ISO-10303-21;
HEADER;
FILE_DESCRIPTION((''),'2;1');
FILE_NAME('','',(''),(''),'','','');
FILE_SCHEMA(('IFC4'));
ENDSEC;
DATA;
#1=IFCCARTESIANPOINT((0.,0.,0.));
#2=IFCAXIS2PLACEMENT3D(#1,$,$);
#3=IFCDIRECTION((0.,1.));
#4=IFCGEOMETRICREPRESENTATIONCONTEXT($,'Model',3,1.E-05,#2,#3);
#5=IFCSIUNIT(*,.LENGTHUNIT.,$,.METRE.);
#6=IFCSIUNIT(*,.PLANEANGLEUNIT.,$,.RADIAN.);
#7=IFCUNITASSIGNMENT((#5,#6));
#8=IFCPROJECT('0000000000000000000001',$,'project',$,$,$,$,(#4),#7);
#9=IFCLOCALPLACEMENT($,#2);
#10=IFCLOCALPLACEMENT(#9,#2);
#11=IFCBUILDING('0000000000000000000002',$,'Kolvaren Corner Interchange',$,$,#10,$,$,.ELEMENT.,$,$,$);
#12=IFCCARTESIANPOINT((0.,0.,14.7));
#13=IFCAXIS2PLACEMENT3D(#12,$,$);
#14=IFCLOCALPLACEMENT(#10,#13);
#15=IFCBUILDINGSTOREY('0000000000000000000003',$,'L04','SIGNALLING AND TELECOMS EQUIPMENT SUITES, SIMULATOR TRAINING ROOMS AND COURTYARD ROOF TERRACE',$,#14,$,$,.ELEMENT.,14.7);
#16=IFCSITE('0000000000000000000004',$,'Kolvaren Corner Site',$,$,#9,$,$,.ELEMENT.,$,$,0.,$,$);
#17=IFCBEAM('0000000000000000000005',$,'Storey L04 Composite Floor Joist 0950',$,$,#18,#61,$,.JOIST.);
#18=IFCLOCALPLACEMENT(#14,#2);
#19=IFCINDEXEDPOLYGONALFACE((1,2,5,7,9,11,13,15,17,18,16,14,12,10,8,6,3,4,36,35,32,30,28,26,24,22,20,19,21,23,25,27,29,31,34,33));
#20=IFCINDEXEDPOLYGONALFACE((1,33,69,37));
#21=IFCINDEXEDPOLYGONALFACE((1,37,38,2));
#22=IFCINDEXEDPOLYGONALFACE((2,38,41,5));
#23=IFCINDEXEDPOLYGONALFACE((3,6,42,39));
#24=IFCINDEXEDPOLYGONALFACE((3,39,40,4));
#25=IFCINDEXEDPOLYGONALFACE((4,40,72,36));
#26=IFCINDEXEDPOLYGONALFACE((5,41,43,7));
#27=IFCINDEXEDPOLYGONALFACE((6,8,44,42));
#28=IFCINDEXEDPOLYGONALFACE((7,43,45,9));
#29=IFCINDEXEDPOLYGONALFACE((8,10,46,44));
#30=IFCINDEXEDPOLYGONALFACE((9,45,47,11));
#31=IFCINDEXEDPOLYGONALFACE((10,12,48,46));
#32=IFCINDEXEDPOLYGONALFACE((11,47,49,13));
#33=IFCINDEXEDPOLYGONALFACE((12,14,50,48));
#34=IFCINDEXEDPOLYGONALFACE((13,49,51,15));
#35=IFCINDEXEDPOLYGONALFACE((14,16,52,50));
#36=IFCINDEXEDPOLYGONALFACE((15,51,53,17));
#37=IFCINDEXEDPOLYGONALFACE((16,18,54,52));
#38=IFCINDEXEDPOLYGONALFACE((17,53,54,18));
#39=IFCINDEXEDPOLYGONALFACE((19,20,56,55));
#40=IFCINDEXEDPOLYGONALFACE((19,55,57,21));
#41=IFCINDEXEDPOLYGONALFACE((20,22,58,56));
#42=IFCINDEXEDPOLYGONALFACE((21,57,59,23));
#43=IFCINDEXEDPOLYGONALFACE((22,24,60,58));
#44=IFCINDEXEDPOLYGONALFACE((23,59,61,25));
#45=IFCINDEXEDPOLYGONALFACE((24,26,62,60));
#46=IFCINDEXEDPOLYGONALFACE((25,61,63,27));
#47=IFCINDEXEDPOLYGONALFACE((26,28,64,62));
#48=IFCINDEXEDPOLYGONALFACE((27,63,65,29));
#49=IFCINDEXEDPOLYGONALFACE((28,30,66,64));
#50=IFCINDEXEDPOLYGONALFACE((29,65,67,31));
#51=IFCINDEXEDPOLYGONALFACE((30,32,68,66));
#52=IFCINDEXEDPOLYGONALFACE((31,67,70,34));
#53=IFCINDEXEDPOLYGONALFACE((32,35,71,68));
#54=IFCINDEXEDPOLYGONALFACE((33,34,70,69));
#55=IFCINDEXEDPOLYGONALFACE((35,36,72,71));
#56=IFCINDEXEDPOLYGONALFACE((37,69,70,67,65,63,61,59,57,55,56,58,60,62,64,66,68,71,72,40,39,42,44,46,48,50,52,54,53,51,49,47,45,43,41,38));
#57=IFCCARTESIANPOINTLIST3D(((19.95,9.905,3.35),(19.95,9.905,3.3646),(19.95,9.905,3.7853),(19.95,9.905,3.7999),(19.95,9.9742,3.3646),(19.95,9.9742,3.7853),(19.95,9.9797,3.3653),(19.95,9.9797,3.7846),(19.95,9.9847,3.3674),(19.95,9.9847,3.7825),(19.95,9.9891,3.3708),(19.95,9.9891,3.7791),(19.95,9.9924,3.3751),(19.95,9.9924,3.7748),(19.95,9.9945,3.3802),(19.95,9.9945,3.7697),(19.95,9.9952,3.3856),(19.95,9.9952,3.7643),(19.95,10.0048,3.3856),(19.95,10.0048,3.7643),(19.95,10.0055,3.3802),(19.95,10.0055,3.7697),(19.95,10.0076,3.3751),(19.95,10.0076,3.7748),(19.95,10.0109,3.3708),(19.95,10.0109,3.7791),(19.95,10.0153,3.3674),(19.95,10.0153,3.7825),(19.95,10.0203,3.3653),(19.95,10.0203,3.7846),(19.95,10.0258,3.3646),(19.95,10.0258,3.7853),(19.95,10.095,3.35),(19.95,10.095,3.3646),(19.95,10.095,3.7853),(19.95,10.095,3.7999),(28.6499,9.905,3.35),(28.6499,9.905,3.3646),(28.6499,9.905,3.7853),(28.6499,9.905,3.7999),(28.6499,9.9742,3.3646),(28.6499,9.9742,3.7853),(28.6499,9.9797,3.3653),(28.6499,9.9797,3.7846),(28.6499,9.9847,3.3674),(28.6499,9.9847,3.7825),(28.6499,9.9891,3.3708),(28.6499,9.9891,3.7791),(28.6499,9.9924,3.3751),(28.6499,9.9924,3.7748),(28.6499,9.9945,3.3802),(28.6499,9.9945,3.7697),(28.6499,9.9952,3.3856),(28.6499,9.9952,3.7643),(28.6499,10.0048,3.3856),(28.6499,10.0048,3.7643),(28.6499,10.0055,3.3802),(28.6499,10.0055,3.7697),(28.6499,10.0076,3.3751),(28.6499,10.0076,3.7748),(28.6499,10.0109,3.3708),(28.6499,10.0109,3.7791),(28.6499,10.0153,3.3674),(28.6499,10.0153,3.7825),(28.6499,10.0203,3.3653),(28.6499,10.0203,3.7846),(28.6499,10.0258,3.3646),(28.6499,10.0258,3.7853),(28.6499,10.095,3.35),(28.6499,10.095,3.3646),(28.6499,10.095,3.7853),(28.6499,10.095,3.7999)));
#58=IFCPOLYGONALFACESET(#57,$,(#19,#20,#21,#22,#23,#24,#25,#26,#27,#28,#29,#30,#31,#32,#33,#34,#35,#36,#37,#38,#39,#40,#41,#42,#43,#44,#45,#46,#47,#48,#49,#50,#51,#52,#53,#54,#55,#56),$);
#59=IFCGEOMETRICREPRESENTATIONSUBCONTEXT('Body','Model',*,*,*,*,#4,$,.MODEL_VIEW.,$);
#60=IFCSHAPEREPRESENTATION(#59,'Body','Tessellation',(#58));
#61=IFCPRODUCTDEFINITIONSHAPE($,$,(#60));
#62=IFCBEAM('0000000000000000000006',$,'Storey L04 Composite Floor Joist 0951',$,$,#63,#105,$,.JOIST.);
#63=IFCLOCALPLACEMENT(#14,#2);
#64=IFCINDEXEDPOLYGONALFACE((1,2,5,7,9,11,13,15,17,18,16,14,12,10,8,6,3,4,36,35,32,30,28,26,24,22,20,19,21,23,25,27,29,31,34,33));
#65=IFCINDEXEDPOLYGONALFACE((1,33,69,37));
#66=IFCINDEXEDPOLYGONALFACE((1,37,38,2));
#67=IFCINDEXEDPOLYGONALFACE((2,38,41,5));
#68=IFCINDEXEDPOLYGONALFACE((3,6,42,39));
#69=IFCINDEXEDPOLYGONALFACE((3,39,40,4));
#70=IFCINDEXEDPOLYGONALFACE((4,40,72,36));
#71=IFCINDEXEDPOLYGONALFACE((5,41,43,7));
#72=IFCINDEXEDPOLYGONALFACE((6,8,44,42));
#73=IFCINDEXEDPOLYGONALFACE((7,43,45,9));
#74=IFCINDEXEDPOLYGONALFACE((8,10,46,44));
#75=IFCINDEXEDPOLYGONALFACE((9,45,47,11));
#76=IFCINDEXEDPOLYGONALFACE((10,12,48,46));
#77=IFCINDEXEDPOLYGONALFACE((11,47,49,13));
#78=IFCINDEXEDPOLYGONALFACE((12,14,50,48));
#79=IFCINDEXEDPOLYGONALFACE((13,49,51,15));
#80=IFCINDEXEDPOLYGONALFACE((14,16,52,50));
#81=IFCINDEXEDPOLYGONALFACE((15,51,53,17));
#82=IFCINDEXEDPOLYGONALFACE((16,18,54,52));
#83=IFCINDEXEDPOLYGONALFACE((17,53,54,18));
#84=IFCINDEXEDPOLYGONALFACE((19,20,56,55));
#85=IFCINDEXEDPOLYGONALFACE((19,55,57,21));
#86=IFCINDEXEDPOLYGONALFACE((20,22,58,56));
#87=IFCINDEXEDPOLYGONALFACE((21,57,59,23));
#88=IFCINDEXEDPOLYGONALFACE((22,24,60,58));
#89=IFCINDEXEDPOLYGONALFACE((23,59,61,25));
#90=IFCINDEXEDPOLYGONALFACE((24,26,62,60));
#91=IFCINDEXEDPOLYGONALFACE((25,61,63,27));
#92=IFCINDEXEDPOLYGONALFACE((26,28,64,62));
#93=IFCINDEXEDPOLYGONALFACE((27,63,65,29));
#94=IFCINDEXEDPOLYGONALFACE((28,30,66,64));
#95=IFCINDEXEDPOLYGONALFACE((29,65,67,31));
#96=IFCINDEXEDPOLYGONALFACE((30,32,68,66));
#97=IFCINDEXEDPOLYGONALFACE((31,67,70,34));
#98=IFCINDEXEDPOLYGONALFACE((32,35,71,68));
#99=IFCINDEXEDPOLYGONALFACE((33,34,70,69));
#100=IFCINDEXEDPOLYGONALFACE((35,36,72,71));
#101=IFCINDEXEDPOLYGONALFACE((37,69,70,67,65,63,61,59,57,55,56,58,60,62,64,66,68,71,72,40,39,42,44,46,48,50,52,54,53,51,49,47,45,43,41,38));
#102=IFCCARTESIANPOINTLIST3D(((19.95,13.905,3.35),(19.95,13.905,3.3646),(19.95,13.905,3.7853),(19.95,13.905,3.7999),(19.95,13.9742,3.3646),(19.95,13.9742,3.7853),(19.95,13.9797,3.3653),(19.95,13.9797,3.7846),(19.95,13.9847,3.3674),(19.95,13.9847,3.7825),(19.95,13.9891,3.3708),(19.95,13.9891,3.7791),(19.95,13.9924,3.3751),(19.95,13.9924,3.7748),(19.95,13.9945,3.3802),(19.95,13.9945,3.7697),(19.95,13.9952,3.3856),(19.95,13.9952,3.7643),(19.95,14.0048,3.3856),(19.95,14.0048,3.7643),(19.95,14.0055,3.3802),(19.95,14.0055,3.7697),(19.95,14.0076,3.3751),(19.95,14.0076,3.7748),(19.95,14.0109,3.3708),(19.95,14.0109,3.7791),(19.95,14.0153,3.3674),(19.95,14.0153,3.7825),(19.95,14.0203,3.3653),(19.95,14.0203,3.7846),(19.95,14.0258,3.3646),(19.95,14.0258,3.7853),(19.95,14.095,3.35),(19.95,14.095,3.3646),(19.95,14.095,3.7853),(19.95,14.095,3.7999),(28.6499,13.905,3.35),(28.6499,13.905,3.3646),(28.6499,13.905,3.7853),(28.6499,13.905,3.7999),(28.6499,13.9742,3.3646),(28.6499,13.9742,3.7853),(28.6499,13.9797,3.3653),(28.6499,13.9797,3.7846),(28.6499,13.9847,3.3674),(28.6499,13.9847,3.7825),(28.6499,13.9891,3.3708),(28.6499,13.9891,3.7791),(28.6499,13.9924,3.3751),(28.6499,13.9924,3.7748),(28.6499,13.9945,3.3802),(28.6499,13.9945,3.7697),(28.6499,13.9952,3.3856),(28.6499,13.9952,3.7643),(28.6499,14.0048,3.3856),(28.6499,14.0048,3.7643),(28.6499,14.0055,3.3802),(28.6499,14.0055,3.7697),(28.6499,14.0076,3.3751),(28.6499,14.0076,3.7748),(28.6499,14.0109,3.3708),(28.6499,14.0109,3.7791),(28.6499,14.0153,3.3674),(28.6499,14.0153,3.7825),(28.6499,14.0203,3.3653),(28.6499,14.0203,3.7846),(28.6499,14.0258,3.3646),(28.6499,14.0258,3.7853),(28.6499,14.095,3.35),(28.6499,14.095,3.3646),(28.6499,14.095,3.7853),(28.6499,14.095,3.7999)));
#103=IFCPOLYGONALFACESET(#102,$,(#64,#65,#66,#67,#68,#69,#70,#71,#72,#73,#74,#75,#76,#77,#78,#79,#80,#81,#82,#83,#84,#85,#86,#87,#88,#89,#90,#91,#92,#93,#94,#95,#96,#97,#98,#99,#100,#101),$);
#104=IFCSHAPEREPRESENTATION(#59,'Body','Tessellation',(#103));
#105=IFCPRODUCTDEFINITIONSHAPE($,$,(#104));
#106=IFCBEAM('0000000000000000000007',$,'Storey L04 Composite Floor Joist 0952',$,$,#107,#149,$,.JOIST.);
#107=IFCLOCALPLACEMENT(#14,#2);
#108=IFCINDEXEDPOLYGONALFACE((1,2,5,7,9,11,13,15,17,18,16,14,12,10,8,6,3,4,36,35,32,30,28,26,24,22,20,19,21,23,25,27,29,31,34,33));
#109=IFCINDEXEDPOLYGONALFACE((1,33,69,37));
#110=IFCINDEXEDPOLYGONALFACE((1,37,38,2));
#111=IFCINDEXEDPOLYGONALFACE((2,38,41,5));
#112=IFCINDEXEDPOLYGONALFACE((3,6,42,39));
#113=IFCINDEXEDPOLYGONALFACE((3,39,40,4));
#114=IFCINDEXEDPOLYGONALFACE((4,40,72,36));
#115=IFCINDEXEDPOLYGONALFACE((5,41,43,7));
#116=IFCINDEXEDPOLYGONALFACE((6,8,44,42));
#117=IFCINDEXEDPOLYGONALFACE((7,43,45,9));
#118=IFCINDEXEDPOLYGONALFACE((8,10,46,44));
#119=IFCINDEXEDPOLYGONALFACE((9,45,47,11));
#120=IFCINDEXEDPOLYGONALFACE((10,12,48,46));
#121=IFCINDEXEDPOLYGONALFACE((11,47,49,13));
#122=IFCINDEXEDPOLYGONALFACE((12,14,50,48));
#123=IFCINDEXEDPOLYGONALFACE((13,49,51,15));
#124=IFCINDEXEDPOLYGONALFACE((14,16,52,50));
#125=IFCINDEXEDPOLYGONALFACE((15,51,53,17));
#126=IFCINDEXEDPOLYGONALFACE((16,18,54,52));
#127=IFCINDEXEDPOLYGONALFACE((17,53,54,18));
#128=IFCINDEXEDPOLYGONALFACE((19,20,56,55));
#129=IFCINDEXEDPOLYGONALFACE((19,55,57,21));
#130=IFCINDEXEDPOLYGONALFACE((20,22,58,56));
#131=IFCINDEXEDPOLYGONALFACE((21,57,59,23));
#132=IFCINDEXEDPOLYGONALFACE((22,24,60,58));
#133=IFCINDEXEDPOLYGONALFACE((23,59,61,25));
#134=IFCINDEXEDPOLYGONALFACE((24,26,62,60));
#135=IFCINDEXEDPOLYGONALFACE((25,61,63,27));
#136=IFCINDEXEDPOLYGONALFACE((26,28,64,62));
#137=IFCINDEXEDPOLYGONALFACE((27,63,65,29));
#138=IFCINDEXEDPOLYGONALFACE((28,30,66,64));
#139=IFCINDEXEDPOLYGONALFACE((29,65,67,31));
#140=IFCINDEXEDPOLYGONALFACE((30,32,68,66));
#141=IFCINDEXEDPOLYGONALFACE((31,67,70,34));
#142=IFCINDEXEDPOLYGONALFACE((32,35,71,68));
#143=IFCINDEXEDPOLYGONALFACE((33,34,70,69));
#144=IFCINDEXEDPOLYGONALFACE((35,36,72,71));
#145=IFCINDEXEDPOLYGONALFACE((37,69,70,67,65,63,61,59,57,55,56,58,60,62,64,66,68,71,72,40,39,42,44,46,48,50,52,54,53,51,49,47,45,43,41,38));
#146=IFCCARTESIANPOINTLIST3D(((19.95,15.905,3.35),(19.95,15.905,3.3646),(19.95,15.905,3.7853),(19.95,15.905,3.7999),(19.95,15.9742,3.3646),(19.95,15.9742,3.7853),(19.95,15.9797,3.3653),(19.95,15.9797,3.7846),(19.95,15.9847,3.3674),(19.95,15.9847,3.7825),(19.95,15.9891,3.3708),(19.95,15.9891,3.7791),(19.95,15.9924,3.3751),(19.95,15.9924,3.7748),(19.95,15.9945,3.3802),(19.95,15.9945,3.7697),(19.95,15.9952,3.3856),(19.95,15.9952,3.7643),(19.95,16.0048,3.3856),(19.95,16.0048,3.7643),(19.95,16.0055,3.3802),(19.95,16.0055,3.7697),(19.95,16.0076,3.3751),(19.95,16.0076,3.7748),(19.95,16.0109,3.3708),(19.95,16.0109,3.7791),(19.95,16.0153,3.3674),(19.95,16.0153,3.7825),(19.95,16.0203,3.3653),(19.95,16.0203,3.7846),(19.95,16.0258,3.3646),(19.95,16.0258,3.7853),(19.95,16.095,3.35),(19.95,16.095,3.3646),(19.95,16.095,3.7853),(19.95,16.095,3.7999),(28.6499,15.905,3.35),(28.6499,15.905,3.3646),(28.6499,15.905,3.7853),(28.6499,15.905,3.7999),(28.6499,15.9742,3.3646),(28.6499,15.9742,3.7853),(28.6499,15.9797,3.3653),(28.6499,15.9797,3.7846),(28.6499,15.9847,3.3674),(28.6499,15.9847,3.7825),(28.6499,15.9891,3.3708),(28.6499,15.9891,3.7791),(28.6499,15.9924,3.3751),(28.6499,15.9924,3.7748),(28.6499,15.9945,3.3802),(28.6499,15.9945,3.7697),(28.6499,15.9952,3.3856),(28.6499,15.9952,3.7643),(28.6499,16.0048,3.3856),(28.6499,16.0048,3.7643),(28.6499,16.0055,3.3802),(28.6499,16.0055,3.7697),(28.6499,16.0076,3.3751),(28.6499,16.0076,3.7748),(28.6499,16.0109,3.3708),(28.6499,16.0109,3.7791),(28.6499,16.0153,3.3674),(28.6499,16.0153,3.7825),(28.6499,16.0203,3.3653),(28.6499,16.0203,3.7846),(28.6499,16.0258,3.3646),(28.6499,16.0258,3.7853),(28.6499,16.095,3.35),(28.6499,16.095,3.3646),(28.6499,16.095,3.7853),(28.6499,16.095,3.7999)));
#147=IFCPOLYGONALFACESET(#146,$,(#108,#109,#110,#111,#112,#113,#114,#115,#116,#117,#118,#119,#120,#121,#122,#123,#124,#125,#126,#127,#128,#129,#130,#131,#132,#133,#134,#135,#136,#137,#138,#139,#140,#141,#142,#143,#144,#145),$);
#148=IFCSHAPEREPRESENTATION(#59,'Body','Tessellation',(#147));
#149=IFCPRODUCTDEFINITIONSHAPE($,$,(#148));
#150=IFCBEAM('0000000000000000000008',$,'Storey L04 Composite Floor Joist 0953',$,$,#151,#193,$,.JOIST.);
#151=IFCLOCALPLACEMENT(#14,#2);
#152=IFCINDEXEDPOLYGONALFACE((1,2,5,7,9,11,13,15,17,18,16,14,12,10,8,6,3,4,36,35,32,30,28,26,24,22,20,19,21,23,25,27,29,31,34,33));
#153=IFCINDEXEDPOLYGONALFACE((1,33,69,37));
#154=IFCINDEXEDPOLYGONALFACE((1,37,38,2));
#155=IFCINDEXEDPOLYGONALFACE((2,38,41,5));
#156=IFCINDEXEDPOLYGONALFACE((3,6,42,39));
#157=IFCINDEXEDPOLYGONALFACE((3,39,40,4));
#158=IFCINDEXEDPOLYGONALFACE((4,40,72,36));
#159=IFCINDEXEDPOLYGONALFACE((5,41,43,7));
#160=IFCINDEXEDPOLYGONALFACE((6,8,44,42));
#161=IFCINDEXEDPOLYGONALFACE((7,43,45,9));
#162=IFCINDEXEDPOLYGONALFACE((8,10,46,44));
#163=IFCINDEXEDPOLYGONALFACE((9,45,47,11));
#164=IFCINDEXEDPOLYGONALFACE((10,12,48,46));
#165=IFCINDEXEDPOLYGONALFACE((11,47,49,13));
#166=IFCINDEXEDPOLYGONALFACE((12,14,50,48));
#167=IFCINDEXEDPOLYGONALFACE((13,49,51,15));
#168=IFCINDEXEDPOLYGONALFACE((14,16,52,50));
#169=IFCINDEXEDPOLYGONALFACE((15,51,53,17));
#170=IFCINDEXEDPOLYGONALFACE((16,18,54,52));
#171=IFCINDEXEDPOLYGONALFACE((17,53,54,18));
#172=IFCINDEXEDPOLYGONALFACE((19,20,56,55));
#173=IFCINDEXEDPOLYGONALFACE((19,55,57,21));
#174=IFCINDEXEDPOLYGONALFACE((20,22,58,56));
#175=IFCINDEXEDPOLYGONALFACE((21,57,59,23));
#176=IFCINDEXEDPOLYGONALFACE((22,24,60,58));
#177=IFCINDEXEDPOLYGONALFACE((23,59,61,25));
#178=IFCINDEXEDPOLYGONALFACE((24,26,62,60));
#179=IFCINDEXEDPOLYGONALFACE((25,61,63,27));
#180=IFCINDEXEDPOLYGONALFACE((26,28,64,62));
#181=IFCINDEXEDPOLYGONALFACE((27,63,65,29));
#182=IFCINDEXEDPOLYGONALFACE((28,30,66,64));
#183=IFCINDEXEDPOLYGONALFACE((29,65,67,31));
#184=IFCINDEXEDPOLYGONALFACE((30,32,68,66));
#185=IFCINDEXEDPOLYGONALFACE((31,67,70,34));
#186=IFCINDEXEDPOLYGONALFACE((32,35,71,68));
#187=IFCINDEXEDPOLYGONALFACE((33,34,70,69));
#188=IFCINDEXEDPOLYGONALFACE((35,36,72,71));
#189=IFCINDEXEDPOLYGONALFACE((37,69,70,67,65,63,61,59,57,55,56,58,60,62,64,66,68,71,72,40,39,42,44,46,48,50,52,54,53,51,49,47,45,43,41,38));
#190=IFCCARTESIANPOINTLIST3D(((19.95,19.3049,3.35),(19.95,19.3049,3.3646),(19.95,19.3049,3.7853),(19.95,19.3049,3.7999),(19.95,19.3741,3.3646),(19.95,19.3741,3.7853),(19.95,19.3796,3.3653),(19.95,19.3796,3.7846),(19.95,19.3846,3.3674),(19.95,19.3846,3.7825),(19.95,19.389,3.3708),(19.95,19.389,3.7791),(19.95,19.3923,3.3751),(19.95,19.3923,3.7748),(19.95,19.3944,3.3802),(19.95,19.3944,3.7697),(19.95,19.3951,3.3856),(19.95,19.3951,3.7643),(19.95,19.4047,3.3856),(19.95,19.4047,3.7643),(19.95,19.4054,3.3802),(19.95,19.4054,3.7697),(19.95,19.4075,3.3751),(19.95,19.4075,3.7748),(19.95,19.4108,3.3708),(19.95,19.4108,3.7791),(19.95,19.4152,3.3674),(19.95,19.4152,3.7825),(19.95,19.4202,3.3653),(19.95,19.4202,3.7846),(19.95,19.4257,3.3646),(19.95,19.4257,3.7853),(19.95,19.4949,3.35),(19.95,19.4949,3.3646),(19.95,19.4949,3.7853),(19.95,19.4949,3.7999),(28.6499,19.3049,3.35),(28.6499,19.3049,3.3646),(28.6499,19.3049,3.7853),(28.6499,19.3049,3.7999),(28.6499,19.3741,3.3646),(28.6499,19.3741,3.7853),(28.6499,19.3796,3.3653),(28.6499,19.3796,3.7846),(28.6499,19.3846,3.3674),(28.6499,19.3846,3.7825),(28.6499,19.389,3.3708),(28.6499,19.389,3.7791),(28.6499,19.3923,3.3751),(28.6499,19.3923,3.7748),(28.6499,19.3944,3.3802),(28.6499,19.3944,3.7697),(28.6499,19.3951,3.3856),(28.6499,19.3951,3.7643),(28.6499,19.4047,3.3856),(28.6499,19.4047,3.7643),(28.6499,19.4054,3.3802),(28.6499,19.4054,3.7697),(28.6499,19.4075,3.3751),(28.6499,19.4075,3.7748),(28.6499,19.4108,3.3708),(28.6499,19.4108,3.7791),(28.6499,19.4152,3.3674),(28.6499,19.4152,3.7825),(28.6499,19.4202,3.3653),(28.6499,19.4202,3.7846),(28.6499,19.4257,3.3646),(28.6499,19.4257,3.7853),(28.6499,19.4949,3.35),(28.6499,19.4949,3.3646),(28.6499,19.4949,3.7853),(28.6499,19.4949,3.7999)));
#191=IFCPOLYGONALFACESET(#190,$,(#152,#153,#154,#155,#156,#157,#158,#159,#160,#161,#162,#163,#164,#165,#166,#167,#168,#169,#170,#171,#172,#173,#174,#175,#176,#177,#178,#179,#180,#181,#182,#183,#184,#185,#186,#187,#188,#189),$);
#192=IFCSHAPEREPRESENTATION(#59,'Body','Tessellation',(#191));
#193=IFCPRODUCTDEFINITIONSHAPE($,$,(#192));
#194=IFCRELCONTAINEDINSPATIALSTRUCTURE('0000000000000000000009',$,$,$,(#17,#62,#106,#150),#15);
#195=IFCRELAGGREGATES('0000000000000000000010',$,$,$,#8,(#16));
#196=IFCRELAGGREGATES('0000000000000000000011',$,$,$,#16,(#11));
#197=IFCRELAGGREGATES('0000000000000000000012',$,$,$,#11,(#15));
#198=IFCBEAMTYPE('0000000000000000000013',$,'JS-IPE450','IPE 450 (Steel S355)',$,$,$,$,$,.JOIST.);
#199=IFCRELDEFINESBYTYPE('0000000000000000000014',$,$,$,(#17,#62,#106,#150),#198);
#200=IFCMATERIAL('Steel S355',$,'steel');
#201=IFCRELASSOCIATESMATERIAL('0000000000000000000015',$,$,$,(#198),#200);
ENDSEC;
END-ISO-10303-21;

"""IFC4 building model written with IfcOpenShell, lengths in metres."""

from ifc_helpers import new_model, si_unit, direction, frame, origin, origin_2d, place, context, subcontext, project, spatial, i_section, extrude, material, material_profile, profile_set, type_object, element, save


model = new_model("IFC4")

# Units and contexts
model_context = context("Model", 3, precision=1e-05, world=origin(), true_north=direction((0.0, 1.0)))
body_context = subcontext(model_context, "Body", "Model", "MODEL_VIEW")
ifc_project = project(units=[si_unit("LENGTHUNIT", "METRE"), si_unit("PLANEANGLEUNIT", "RADIAN")], contexts=[model_context])

# Site, building, storey
site_placement = place(None, origin())
site = spatial("IfcSite", under=ifc_project, at=site_placement, Name="Kolvaren Corner Site", CompositionType="ELEMENT", RefElevation=0.0)
building_placement = place(site_placement, origin())
building = spatial("IfcBuilding", under=site, at=building_placement, Name="Kolvaren Corner Interchange", CompositionType="ELEMENT")
storey_placement = place(building_placement, frame((0.0, 0.0, 14.7)))
storey = spatial("IfcBuildingStorey", under=building, at=storey_placement, Name="L04", Description="SIGNALLING AND TELECOMS EQUIPMENT SUITES, SIMULATOR TRAINING ROOMS AND COURTYARD ROOF TERRACE", CompositionType="ELEMENT", Elevation=14.7)

# Beams
ifc_material_1 = material(Name="Steel S355", Category="steel")
ifc_material_profile_1 = material_profile(ifc_material_1, i_section(OverallWidth=0.1899, OverallDepth=0.45, WebThickness=0.0095, FlangeThickness=0.0146, FilletRadius=0.021, at=origin_2d()), Name="IPE 450")
ifc_profile_set_1 = profile_set([ifc_material_profile_1], Name="Steel S355")
beam_type_1 = type_object("IfcBeamType", Name="JS-IPE450", Description="IPE 450 (Steel S355)", PredefinedType="JOIST", material=ifc_profile_set_1)
for number, where, z_axis, x_axis, name in (
    (1, (19.95, 10.0, 3.575), (1.0, 0.0, 0.0), (0.0, 1.0, 0.0), "Storey L04 Composite Floor Joist 0950"),
    (2, (19.95, 14.0, 3.575), (1.0, 0.0, 0.0), (0.0, 1.0, 0.0), "Storey L04 Composite Floor Joist 0951"),
    (3, (19.95, 16.0, 3.575), (1.0, 0.0, 0.0), (0.0, 1.0, 0.0), "Storey L04 Composite Floor Joist 0952"),
    (4, (19.95, 19.3999, 3.575), (1.0, 0.0, 0.0), (0.0, 1.0, 0.0), "Storey L04 Composite Floor Joist 0953"),
):
    element("IfcBeam", number, at=place(storey_placement, frame(where, z_axis=z_axis, x_axis=x_axis)), inside=storey, type_object=beam_type_1, Name=name, PredefinedType="JOIST", context=body_context, shape_type="SweptSolid", body=[
        extrude(i_section(OverallWidth=0.1899, OverallDepth=0.45, WebThickness=0.0095, FlangeThickness=0.0146, FilletRadius=0.021, at=origin_2d()), origin(), (0.0, 0.0, 1.0), 8.7),
    ])

save(model, "model.ifc")
